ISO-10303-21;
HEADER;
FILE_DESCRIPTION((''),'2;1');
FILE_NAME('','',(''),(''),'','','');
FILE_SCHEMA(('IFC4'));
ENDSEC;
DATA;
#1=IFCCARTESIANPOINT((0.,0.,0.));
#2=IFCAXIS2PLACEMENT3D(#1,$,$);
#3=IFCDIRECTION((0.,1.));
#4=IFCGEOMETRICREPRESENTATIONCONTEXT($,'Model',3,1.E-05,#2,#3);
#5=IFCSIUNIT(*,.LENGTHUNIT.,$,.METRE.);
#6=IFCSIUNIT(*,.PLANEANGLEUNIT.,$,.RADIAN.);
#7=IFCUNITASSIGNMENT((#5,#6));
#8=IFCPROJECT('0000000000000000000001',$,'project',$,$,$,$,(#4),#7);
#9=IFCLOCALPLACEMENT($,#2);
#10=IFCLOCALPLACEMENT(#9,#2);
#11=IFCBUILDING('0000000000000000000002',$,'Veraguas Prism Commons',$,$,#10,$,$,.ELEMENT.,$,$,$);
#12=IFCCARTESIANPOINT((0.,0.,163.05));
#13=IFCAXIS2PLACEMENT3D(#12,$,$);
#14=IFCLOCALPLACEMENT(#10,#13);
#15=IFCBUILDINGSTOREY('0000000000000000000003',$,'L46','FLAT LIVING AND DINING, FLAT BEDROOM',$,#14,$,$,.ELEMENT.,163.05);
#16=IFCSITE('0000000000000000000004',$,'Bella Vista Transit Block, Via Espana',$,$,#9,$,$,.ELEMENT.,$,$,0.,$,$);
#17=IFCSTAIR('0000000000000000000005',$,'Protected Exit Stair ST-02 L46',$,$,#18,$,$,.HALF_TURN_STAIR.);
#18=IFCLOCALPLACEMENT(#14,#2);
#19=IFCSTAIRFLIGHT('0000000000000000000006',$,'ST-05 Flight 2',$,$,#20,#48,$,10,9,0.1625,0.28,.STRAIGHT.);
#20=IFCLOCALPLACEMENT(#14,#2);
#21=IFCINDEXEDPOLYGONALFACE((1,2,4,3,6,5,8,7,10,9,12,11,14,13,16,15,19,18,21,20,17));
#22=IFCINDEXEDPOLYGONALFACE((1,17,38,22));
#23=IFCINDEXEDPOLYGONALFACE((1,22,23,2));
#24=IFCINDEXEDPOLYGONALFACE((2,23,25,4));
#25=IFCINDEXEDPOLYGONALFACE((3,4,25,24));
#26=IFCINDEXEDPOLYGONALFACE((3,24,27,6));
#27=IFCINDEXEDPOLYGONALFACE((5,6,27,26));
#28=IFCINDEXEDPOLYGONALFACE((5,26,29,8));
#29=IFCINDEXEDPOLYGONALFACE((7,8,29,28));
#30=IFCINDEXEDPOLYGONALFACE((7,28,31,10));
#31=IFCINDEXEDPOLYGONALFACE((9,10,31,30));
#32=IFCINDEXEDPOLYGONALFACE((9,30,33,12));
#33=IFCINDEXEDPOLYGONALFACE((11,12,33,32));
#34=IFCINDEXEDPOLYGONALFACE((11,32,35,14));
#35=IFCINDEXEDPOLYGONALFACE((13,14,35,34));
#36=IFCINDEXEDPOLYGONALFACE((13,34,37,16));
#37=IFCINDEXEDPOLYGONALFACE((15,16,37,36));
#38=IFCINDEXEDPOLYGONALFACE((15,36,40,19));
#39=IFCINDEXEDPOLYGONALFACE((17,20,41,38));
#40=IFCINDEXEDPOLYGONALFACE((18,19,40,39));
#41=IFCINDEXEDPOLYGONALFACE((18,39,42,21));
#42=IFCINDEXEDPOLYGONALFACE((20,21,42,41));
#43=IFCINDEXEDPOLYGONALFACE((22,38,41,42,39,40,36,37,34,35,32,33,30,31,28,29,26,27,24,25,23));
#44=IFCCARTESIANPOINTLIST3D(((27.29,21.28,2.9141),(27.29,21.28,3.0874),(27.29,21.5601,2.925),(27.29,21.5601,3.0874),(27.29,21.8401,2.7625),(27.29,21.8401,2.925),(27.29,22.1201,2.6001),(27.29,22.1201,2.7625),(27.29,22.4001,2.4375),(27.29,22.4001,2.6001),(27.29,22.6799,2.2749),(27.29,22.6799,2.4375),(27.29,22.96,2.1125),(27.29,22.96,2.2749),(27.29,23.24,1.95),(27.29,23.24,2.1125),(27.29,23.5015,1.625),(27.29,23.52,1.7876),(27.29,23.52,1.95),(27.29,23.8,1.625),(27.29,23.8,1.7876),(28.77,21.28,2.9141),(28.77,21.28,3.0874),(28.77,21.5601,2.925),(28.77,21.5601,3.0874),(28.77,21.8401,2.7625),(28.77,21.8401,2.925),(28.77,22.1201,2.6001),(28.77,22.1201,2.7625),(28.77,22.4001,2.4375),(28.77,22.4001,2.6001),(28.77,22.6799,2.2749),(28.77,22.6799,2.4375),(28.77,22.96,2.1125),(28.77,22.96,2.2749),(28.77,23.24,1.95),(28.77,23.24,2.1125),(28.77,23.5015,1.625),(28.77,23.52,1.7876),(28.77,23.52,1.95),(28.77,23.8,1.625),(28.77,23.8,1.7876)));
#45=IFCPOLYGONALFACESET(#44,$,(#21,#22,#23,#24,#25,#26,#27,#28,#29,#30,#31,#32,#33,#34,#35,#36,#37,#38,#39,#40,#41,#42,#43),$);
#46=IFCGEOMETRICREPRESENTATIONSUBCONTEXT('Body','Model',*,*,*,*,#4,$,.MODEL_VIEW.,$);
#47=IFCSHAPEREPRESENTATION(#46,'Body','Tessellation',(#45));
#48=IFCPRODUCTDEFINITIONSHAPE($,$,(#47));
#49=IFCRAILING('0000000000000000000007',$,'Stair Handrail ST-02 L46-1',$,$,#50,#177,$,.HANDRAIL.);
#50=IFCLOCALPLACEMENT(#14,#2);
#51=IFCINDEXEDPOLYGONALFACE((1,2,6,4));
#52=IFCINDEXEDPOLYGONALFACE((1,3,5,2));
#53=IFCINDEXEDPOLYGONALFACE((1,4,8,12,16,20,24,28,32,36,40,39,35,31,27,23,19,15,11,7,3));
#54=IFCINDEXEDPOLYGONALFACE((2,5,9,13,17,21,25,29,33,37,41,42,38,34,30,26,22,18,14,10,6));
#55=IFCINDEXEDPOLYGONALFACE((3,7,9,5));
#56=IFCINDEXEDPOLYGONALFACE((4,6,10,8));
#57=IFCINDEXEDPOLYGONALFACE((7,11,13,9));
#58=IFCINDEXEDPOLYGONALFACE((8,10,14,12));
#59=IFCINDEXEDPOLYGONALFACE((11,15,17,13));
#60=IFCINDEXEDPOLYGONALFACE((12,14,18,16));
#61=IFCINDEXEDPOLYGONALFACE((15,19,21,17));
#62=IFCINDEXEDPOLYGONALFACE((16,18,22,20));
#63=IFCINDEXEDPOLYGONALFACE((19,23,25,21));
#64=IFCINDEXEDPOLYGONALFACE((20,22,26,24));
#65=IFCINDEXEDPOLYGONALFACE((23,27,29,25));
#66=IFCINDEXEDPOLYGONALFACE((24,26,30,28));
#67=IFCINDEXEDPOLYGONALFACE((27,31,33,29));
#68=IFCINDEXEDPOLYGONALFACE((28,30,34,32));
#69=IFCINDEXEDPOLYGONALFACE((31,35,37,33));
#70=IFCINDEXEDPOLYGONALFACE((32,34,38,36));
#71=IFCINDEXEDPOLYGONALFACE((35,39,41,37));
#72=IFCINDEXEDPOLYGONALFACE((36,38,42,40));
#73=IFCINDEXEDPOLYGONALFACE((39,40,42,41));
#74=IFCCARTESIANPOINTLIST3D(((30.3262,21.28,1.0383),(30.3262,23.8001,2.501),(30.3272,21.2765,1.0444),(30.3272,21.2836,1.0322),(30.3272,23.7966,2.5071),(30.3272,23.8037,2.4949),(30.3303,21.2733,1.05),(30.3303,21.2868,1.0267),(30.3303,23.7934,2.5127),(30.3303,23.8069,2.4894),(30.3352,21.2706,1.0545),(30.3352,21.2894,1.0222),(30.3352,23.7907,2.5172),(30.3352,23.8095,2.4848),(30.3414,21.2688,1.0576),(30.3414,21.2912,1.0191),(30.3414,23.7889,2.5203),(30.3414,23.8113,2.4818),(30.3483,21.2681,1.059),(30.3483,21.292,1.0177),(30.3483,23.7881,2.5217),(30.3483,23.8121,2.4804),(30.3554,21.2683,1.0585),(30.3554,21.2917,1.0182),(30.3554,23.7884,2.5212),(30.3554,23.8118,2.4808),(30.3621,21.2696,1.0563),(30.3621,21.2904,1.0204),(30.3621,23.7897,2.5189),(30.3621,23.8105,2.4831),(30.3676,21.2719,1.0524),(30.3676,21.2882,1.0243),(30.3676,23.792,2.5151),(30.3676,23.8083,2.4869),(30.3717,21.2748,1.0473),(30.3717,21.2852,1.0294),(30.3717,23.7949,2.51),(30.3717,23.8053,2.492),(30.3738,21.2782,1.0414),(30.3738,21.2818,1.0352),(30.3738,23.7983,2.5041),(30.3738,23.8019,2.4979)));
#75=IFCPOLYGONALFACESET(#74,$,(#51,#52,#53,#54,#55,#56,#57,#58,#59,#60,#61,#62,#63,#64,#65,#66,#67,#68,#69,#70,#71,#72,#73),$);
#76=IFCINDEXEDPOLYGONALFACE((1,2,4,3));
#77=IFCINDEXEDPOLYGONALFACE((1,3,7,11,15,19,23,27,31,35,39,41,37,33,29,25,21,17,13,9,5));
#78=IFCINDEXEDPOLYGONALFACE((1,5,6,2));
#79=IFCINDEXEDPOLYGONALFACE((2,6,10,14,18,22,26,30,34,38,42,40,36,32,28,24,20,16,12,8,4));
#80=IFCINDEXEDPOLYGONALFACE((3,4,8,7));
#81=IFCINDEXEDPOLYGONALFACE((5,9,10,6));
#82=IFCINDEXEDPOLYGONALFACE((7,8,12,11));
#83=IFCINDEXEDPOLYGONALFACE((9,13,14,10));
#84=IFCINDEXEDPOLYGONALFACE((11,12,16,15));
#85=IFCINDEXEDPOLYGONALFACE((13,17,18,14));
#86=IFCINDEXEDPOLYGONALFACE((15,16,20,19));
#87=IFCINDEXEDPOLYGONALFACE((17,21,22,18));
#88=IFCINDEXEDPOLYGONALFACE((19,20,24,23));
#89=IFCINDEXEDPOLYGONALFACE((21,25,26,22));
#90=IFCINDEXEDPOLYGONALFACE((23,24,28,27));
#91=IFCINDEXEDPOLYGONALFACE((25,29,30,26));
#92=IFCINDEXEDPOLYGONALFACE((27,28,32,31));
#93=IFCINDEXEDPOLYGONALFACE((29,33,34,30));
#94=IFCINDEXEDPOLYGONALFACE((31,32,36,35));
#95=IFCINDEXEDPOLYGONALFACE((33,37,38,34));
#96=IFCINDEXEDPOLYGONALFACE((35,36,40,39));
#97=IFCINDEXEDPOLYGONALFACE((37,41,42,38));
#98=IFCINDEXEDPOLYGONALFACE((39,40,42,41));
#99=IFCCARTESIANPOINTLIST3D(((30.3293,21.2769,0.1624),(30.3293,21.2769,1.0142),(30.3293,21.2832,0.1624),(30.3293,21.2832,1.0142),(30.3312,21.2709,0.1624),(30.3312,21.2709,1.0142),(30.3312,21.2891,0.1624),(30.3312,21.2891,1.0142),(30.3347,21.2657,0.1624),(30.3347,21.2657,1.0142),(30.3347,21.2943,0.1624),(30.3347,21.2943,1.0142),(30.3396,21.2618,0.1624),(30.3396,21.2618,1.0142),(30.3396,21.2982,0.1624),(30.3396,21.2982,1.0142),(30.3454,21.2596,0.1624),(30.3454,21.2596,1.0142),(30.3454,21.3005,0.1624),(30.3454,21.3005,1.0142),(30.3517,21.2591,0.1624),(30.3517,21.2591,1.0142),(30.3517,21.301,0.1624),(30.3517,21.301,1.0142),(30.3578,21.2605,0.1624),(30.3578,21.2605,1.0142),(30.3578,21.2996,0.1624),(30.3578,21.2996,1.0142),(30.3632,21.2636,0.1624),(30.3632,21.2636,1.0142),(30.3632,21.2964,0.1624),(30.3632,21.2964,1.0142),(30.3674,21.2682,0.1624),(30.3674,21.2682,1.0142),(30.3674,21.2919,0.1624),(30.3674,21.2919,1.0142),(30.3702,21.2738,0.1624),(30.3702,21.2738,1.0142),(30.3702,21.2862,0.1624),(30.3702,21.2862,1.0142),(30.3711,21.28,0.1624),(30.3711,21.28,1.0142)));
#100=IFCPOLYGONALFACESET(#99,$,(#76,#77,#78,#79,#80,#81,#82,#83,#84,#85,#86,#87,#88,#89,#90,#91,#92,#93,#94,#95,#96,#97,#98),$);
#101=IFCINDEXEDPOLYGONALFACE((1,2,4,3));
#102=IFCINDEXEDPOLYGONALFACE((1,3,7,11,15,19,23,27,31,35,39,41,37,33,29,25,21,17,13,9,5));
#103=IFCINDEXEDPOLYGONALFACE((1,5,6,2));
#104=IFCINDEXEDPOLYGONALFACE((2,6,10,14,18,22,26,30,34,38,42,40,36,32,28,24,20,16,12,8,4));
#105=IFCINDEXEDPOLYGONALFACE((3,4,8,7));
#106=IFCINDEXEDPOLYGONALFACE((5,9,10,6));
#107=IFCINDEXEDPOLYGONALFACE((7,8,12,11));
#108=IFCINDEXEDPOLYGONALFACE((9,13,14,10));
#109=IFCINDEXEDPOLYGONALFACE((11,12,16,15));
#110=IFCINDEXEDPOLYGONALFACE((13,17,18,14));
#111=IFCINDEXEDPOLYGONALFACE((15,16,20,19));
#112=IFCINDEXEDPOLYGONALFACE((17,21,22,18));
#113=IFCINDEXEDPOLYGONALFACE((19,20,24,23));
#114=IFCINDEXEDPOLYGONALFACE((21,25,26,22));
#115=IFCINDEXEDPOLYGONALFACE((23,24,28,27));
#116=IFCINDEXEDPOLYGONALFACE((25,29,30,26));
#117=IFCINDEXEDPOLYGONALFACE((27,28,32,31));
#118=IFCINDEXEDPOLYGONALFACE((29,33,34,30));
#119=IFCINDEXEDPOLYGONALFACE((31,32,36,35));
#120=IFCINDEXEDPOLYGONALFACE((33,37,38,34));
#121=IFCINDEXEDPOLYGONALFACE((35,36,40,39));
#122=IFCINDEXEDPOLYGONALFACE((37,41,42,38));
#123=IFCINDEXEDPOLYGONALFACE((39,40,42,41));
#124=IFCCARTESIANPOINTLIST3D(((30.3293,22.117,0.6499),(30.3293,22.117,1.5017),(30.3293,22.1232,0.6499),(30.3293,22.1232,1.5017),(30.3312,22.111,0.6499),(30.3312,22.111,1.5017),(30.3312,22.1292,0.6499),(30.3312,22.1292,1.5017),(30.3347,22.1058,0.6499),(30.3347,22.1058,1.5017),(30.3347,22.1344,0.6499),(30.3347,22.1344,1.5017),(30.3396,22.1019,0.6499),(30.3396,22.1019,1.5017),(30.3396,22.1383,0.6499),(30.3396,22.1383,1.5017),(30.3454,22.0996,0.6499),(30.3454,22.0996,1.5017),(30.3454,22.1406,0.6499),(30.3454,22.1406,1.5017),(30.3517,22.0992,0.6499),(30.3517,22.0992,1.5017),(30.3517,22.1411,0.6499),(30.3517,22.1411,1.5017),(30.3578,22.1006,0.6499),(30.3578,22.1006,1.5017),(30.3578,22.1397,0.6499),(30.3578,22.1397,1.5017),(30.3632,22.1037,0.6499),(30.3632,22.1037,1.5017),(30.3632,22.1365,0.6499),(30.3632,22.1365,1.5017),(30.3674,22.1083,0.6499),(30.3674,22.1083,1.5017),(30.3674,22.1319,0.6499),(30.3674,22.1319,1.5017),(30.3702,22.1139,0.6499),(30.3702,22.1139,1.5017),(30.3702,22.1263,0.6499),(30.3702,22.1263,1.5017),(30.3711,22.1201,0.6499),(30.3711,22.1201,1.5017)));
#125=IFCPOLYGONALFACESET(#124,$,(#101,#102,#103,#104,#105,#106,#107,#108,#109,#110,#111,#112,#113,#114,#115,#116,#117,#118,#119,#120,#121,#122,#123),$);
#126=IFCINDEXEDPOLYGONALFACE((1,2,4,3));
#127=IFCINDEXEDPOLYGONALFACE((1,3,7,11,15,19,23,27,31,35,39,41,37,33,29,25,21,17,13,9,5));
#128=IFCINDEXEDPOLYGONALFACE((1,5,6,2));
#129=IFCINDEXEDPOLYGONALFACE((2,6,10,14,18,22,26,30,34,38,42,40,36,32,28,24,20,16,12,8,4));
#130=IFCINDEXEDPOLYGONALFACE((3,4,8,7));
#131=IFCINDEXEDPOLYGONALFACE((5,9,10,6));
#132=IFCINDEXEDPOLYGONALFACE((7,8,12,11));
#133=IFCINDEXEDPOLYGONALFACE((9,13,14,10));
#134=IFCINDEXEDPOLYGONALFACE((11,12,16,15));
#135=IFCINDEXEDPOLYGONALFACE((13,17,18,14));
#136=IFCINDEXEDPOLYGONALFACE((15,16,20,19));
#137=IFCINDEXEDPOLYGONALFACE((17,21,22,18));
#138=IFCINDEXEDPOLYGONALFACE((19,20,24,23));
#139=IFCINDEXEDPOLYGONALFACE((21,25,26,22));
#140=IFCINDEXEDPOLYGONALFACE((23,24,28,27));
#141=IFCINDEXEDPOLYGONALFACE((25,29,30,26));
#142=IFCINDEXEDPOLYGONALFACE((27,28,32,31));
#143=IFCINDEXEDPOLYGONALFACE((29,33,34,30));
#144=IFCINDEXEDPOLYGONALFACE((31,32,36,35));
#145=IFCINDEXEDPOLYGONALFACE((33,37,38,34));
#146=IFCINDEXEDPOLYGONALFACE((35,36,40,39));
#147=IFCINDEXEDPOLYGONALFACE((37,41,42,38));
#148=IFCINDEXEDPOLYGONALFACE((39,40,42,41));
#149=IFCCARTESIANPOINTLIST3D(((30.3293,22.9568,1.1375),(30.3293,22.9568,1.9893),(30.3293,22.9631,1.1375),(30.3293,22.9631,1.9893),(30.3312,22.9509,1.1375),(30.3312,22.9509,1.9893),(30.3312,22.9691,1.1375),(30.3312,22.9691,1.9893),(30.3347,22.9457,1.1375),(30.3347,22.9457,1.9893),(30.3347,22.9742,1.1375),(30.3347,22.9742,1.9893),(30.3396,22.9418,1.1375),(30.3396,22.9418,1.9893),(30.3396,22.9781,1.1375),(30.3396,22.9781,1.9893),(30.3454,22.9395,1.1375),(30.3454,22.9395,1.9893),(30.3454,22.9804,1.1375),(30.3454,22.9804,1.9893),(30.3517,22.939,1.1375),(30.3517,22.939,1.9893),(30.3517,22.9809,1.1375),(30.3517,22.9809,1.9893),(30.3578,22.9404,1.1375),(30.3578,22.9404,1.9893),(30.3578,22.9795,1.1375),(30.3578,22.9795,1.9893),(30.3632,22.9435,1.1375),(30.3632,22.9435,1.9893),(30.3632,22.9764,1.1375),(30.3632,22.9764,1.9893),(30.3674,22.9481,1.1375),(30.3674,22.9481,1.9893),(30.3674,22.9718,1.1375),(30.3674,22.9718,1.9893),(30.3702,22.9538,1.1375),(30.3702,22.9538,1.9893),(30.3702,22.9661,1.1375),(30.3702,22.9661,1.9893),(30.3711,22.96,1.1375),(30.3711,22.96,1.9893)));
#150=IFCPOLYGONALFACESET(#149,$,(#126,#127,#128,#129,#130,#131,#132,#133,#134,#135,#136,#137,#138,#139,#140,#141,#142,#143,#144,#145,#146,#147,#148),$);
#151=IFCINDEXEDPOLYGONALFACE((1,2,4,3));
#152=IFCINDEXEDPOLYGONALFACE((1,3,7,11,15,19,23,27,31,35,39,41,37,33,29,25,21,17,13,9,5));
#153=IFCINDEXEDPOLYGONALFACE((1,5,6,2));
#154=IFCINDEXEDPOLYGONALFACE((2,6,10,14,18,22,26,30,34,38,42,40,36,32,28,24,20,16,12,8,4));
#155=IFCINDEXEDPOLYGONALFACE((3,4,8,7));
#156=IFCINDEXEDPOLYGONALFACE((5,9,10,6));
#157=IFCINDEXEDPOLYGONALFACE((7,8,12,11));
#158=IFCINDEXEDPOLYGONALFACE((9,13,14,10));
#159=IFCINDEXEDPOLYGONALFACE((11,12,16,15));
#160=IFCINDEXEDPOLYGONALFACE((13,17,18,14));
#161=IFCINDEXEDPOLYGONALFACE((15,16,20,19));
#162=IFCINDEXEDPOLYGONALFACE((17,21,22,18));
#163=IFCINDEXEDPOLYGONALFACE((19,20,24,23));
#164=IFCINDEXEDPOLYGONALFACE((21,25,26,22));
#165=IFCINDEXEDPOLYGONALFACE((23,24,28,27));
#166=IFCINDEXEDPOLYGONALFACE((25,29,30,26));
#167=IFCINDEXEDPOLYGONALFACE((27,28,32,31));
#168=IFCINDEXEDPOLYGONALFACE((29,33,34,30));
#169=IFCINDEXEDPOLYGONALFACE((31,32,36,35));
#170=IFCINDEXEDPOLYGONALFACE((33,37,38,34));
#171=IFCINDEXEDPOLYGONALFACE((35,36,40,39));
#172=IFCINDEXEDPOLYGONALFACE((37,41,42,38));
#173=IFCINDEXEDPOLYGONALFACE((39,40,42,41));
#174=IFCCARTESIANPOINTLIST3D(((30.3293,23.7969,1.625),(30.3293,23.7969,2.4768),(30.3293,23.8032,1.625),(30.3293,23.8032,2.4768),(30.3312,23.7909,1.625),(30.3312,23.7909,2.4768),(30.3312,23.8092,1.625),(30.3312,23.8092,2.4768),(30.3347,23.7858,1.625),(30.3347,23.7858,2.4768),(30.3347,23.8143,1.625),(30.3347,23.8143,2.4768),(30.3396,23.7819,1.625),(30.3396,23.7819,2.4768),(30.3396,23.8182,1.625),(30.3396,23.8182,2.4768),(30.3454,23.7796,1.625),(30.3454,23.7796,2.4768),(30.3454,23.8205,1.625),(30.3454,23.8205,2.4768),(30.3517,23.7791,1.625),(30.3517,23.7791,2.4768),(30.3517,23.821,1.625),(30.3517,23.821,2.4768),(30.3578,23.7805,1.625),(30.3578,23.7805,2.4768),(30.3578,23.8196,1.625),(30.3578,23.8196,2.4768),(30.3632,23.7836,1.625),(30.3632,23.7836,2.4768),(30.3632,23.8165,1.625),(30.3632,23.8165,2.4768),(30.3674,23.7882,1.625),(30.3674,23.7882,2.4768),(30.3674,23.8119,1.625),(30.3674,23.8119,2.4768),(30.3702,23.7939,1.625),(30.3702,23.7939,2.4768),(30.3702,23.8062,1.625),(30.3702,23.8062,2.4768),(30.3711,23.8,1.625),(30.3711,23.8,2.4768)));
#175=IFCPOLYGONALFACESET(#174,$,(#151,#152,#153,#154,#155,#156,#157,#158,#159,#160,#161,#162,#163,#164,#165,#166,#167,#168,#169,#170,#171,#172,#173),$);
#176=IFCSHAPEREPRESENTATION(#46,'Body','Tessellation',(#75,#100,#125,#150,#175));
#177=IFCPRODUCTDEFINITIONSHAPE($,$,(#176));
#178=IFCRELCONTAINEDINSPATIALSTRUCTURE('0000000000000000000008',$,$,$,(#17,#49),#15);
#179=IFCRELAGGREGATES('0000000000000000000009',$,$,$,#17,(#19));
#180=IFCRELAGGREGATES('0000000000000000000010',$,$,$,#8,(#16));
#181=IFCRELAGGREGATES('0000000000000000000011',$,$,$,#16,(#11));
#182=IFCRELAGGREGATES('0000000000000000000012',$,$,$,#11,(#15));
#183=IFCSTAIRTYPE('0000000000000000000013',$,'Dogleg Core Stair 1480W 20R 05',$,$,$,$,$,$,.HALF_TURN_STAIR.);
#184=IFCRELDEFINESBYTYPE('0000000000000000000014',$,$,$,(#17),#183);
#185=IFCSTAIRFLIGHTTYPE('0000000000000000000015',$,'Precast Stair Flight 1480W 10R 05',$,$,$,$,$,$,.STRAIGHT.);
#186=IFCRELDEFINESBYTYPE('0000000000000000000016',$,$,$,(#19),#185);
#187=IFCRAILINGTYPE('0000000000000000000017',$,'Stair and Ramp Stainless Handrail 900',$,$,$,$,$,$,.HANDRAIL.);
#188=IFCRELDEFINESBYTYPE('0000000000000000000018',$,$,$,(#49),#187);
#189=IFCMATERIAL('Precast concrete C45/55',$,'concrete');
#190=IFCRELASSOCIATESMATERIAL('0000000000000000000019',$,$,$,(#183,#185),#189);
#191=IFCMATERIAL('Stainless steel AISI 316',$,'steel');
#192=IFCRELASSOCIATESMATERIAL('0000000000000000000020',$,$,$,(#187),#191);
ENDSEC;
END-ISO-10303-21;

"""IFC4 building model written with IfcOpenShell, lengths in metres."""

from ifc_helpers import new_model, si_unit, direction, frame, origin, origin_2d, place, context, subcontext, project, spatial, polyline, circle, outline, extrude, material, type_object, element, aggregate, save


model = new_model("IFC4")

# Units and contexts
model_context = context("Model", 3, precision=1e-05, world=origin(), true_north=direction((0.0, 1.0)))
body_context = subcontext(model_context, "Body", "Model", "MODEL_VIEW")
ifc_project = project(units=[si_unit("LENGTHUNIT", "METRE"), si_unit("PLANEANGLEUNIT", "RADIAN")], contexts=[model_context])

# Site, building, storey
site_placement = place(None, origin())
site = spatial("IfcSite", under=ifc_project, at=site_placement, Name="Bella Vista Transit Block, Via Espana", CompositionType="ELEMENT", RefElevation=0.0)
building_placement = place(site_placement, origin())
building = spatial("IfcBuilding", under=site, at=building_placement, Name="Veraguas Prism Commons", CompositionType="ELEMENT")
storey_placement = place(building_placement, frame((0.0, 0.0, 163.05)))
storey = spatial("IfcBuildingStorey", under=building, at=storey_placement, Name="L46", Description="FLAT LIVING AND DINING, FLAT BEDROOM", CompositionType="ELEMENT", Elevation=163.05)

# Shared definitions
ifc_material_1 = material(Name="Stainless steel AISI 316", Category="steel")

# Stair, stair flight
ifc_material_2 = material(Name="Precast concrete C45/55", Category="concrete")
stair_type = type_object("IfcStairType", Name="Dogleg Core Stair 1480W 20R 05", PredefinedType="HALF_TURN_STAIR", material=ifc_material_2)
stair_placement = place(storey_placement, origin())
stair = element("IfcStair", 1, at=stair_placement, inside=storey, type_object=stair_type, Name="Protected Exit Stair ST-02 L46", PredefinedType="HALF_TURN_STAIR")
stair_flight_type = type_object("IfcStairFlightType", Name="Precast Stair Flight 1480W 10R 05", PredefinedType="STRAIGHT", material=ifc_material_2)
stair_flight_1_placement = place(storey_placement, frame((28.03, 23.8, 1.625), z_axis=(0.0, 0.0, 1.0), x_axis=(0.0, -1.0, 0.0)))
stair_flight_1 = element("IfcStairFlight", 2, at=stair_flight_1_placement, type_object=stair_flight_type, Name="ST-05 Flight 2", NumberOfRisers=10, NumberOfTreads=9, PredefinedType="STRAIGHT", RiserHeight=0.1625, TreadLength=0.28, context=body_context, shape_type="SweptSolid", body=[
    extrude(outline(polyline([(0.0, 0.0), (0.0, 0.1626), (0.28, 0.1626), (0.28, 0.325), (0.5601, 0.325), (0.5601, 0.4875), (0.8401, 0.4875), (0.8401, 0.6499), (1.1201, 0.6499), (1.1201, 0.8125), (1.3999, 0.8125), (1.3999, 0.9751), (1.6799, 0.9751), (1.6799, 1.1375), (1.96, 1.1375), (1.96, 1.3), (2.24, 1.3), (2.24, 1.4624), (2.52, 1.4624), (2.52, 1.625), (2.52, 1.2891), (0.2986, 0.0), (0.0, 0.0)])), frame((0.0, 0.74, 0.0), z_axis=(0.0, -1.0, 0.0), x_axis=(1.0, 0.0, 0.0)), (0.0, 0.0, 1.0), 1.48),
])
aggregate(stair, [stair_flight_1])

# Railing
railing_type_1 = type_object("IfcRailingType", Name="Stair and Ramp Stainless Handrail 900", PredefinedType="HANDRAIL", material=ifc_material_1)
railing_1_placement = place(storey_placement, frame((30.3501, 21.28, 0.1624)))
element("IfcRailing", 3, at=railing_1_placement, inside=storey, type_object=railing_type_1, Name="Stair Handrail ST-02 L46-1", PredefinedType="HANDRAIL", context=body_context, shape_type="SweptSolid", body=[
    extrude(circle(Radius=0.0239, at=origin_2d()), frame((0.0, 0.0, 0.876), z_axis=(0.0, 0.864877, 0.501984), x_axis=(-1.0, 0.0, 0.0)), (0.0, 0.0, 1.0), 2.9138),
    extrude(circle(Radius=0.021, at=origin_2d()), origin(), (0.0, 0.0, 1.0), 0.8518),
    extrude(circle(Radius=0.021, at=origin_2d()), frame((0.0, 0.8401, 0.4875)), (0.0, 0.0, 1.0), 0.8518),
    extrude(circle(Radius=0.021, at=origin_2d()), frame((0.0, 1.6799, 0.9751)), (0.0, 0.0, 1.0), 0.8518),
    extrude(circle(Radius=0.021, at=origin_2d()), frame((0.0, 2.52, 1.4626)), (0.0, 0.0, 1.0), 0.8518),
])

save(model, "model.ifc")
